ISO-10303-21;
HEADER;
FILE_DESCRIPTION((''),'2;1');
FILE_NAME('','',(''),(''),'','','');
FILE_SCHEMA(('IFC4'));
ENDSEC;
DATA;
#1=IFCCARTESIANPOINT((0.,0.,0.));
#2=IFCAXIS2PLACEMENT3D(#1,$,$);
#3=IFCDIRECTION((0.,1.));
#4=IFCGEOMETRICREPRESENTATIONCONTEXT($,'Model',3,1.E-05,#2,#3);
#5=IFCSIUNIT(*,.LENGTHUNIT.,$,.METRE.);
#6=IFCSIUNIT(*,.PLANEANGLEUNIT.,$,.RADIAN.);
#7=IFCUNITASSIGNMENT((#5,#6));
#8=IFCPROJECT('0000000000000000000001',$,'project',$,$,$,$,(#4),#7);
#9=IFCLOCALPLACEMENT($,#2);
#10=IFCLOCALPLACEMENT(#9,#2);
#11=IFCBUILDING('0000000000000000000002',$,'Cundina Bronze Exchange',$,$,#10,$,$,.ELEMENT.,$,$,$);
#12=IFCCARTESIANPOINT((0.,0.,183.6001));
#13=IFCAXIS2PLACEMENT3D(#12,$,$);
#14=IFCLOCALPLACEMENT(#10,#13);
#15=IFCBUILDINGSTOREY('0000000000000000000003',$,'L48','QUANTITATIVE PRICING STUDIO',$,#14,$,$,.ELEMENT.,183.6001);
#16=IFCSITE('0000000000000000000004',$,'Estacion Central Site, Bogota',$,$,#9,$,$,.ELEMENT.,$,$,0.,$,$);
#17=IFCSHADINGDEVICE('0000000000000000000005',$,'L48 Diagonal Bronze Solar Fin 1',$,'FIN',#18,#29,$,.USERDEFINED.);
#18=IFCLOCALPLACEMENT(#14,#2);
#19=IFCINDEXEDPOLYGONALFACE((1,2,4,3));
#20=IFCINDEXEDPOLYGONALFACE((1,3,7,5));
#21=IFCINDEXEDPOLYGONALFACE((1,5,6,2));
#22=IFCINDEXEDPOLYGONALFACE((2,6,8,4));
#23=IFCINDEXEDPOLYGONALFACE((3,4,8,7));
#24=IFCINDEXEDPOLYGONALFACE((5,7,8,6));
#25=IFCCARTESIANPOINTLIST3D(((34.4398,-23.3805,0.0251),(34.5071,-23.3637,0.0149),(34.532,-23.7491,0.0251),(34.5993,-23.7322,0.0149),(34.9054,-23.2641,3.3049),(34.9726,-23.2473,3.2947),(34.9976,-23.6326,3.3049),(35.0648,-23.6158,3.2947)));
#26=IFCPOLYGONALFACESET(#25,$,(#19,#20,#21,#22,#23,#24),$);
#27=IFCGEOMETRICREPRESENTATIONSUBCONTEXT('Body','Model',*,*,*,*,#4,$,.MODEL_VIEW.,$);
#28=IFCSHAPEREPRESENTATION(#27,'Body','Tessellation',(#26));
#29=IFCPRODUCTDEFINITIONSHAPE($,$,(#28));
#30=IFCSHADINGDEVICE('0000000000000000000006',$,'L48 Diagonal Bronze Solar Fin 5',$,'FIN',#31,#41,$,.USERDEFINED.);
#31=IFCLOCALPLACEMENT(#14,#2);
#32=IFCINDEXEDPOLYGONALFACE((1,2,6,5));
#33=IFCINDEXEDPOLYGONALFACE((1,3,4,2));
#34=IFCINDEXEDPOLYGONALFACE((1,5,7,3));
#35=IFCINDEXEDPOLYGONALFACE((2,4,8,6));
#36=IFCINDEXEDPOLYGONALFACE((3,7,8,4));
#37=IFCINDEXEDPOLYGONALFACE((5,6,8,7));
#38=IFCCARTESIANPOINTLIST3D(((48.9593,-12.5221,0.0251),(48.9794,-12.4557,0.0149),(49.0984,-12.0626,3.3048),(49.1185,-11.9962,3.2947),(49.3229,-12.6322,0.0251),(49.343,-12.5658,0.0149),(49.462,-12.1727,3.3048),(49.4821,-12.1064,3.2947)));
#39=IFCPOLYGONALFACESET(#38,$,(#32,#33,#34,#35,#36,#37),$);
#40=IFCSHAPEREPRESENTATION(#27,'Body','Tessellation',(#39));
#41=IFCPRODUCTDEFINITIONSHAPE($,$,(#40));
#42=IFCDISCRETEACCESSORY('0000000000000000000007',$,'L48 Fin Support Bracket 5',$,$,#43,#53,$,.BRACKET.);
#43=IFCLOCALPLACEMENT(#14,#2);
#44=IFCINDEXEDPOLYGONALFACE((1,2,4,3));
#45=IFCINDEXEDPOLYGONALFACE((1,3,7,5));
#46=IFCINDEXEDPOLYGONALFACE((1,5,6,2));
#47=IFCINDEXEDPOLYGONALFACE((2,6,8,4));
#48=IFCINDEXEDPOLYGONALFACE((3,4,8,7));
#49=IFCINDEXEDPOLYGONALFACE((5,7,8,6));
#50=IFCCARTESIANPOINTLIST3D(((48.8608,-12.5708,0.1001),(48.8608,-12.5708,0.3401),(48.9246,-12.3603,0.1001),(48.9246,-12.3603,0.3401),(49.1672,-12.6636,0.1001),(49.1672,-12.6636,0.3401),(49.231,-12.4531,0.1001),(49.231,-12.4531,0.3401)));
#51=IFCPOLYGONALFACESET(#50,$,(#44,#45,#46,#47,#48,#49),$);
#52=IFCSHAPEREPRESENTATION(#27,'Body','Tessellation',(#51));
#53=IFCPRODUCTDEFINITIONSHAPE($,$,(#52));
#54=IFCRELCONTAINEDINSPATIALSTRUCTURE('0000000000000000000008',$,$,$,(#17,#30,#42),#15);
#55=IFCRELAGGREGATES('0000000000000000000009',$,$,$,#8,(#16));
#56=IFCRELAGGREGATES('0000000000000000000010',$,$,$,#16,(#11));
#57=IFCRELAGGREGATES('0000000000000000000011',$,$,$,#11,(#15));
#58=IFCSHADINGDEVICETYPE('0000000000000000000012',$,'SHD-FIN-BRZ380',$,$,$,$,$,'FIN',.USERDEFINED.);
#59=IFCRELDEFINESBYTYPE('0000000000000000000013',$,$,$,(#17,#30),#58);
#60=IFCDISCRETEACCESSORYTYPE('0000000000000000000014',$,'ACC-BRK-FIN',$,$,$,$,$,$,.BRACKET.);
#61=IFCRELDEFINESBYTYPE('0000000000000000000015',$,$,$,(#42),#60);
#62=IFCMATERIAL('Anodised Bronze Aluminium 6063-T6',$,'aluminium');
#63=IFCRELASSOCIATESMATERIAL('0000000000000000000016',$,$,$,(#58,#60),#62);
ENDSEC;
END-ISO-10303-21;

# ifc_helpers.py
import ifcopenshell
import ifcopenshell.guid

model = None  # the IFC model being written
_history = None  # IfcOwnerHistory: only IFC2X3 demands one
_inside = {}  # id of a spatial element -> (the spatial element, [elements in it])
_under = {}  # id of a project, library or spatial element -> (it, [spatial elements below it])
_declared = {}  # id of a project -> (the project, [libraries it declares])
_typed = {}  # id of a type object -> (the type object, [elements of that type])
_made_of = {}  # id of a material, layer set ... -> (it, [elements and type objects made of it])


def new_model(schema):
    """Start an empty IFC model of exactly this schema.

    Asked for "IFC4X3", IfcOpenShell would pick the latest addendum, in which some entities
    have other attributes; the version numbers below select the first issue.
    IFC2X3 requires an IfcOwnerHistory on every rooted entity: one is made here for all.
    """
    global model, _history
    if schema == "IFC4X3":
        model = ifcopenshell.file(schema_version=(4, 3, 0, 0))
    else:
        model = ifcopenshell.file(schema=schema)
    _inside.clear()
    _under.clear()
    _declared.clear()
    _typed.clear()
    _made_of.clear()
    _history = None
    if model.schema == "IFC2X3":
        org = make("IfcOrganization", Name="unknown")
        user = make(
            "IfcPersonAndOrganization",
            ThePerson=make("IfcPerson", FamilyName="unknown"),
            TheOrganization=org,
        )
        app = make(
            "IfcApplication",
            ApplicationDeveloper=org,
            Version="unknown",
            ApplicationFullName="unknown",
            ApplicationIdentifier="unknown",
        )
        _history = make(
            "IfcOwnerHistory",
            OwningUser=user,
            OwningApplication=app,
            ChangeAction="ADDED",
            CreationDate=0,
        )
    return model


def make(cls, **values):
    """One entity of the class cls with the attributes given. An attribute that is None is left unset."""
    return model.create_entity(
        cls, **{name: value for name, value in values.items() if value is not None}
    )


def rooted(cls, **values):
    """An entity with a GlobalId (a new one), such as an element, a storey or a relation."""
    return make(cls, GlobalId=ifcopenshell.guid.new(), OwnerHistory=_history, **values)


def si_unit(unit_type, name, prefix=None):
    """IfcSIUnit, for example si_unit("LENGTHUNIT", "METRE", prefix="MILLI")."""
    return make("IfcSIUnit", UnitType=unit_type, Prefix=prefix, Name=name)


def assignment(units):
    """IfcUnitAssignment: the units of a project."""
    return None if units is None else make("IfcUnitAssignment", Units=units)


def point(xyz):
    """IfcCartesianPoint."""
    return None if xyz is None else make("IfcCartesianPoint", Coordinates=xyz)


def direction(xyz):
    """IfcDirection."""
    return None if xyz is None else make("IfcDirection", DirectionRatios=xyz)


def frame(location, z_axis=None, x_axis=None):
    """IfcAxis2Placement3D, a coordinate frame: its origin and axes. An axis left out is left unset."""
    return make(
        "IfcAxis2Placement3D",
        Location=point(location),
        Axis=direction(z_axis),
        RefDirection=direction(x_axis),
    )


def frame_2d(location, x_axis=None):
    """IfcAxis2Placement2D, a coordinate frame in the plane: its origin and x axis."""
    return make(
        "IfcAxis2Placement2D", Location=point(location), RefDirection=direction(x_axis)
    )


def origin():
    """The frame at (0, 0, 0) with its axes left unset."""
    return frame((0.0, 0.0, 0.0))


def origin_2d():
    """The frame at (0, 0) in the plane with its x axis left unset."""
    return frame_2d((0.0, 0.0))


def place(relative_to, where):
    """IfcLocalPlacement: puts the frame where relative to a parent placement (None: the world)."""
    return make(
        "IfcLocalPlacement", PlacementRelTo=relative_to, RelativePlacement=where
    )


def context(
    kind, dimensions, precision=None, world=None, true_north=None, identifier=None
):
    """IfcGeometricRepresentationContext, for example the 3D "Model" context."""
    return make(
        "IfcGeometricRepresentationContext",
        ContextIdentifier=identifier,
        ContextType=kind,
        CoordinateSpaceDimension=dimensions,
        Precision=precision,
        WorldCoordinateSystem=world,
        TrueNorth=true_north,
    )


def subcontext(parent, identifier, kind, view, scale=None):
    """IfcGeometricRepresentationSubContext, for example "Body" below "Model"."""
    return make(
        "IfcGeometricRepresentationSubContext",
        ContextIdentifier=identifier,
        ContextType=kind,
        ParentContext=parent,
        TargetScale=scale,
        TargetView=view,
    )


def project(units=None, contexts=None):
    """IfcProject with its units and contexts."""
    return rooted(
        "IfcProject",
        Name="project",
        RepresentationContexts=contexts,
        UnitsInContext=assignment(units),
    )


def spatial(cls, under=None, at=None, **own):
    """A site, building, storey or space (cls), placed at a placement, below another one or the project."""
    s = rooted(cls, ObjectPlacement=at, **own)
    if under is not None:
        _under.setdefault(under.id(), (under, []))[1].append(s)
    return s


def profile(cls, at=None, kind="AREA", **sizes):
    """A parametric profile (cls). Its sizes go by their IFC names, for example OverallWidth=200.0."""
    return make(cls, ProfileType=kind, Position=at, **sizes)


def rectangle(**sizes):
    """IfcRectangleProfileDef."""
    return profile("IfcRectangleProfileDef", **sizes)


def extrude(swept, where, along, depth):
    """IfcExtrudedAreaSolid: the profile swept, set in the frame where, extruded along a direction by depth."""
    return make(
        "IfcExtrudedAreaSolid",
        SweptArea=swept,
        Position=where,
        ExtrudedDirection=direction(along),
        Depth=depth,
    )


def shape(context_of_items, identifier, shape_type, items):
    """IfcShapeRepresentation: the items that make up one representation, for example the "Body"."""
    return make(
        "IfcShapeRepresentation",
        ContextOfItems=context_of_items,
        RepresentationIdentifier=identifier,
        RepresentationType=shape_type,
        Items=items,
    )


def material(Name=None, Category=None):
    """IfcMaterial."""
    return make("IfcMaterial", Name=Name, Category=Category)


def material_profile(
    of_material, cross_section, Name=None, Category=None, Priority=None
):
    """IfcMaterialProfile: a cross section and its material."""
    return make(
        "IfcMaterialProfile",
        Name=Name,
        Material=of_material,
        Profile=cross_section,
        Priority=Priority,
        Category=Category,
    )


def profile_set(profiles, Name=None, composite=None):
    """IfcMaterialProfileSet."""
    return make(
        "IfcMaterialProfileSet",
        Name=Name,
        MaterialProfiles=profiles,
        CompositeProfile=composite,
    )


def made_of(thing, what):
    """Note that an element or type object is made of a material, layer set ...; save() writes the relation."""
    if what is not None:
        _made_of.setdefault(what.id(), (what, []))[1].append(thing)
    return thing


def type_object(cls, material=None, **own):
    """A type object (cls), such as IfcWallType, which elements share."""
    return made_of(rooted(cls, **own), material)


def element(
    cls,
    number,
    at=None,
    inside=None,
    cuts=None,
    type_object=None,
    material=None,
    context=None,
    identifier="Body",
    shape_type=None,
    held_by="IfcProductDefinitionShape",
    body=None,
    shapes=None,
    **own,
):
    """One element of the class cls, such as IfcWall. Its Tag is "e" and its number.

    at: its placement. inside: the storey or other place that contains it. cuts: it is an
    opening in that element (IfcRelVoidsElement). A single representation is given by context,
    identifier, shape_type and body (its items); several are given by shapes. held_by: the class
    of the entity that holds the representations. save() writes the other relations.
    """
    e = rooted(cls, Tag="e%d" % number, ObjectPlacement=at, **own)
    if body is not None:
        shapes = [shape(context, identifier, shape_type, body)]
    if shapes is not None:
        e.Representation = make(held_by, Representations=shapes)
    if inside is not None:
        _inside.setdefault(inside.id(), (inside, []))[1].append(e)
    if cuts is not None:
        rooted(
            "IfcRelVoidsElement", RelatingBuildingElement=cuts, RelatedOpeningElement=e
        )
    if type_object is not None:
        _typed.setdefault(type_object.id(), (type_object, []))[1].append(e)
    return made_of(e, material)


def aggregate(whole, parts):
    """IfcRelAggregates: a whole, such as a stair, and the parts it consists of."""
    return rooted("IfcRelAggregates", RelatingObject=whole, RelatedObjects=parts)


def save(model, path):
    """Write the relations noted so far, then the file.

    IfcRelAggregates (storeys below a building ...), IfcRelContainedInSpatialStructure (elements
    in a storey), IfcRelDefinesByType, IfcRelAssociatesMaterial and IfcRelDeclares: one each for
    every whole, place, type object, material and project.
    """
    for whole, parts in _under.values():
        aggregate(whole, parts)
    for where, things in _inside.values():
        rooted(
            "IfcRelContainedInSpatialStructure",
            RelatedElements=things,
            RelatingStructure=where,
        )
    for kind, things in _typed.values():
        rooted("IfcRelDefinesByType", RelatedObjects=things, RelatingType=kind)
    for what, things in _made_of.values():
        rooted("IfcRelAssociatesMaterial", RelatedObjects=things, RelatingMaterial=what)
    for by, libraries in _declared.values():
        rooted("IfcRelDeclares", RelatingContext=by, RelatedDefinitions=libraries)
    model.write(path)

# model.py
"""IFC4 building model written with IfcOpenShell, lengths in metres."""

from ifc_helpers import new_model, si_unit, direction, frame, origin, origin_2d, place, context, subcontext, project, spatial, rectangle, extrude, material, material_profile, profile_set, type_object, element, save


model = new_model("IFC4")

# Units and contexts
model_context = context("Model", 3, precision=1e-05, world=origin(), true_north=direction((0.0, 1.0)))
body_context = subcontext(model_context, "Body", "Model", "MODEL_VIEW")
ifc_project = project(units=[si_unit("LENGTHUNIT", "METRE"), si_unit("PLANEANGLEUNIT", "RADIAN")], contexts=[model_context])

# Site, building, storey
site_placement = place(None, origin())
site = spatial("IfcSite", under=ifc_project, at=site_placement, Name="Estacion Central Site, Bogota", CompositionType="ELEMENT", RefElevation=0.0)
building_placement = place(site_placement, origin())
building = spatial("IfcBuilding", under=site, at=building_placement, Name="Cundina Bronze Exchange", CompositionType="ELEMENT")
storey_placement = place(building_placement, frame((0.0, 0.0, 183.6001)))
storey = spatial("IfcBuildingStorey", under=building, at=storey_placement, Name="L48", Description="QUANTITATIVE PRICING STUDIO", CompositionType="ELEMENT", Elevation=183.6001)

# Shared definitions
ifc_material_1 = material(Name="Anodised Bronze Aluminium 6063-T6", Category="aluminium")

# Shading devices
ifc_material_profile_1 = material_profile(ifc_material_1, rectangle(XDim=0.0701, YDim=0.3799, at=origin_2d()), Name="FIN70X380", Category="aluminium")
ifc_profile_set_1 = profile_set([ifc_material_profile_1], Name="Anodised Bronze Aluminium 6063-T6")
shading_device_type = type_object("IfcShadingDeviceType", Name="SHD-FIN-BRZ380", ElementType="FIN", PredefinedType="USERDEFINED", material=ifc_profile_set_1)
for number, where, z_axis, x_axis, name in (
    (1, (34.5195, -23.5564, 0.02), (0.140458, 0.035133, 0.989463), (-0.959891, -0.240099, 0.144785), "L48 Diagonal Bronze Solar Fin 1"),
    (2, (49.1511, -12.5439, 0.02), (0.041982, 0.138615, 0.989456), (-0.28681, -0.946976, 0.144833), "L48 Diagonal Bronze Solar Fin 5"),
):
    element("IfcShadingDevice", number, at=place(storey_placement, frame(where, z_axis=z_axis, x_axis=x_axis)), inside=storey, type_object=shading_device_type, Name=name, ObjectType="FIN", PredefinedType="USERDEFINED", context=body_context, shape_type="SweptSolid", body=[
        extrude(rectangle(XDim=0.0701, YDim=0.3799, at=origin_2d()), origin(), (0.0, 0.0, 1.0), 3.3147),
    ])

# Discrete accessory
discrete_accessory_type = type_object("IfcDiscreteAccessoryType", Name="ACC-BRK-FIN", PredefinedType="BRACKET", material=ifc_material_1)
discrete_accessory_placement = place(storey_placement, frame((49.0459, -12.512, 0.1001), z_axis=(0.0, 0.0, 1.0), x_axis=(0.290051, 0.957011, 0.0)))
element("IfcDiscreteAccessory", 3, at=discrete_accessory_placement, inside=storey, type_object=discrete_accessory_type, Name="L48 Fin Support Bracket 5", PredefinedType="BRACKET", context=body_context, shape_type="SweptSolid", body=[
    extrude(rectangle(XDim=0.22, YDim=0.3201, at=origin_2d()), origin(), (0.0, 0.0, 1.0), 0.24),
])

save(model, "model.ifc")
